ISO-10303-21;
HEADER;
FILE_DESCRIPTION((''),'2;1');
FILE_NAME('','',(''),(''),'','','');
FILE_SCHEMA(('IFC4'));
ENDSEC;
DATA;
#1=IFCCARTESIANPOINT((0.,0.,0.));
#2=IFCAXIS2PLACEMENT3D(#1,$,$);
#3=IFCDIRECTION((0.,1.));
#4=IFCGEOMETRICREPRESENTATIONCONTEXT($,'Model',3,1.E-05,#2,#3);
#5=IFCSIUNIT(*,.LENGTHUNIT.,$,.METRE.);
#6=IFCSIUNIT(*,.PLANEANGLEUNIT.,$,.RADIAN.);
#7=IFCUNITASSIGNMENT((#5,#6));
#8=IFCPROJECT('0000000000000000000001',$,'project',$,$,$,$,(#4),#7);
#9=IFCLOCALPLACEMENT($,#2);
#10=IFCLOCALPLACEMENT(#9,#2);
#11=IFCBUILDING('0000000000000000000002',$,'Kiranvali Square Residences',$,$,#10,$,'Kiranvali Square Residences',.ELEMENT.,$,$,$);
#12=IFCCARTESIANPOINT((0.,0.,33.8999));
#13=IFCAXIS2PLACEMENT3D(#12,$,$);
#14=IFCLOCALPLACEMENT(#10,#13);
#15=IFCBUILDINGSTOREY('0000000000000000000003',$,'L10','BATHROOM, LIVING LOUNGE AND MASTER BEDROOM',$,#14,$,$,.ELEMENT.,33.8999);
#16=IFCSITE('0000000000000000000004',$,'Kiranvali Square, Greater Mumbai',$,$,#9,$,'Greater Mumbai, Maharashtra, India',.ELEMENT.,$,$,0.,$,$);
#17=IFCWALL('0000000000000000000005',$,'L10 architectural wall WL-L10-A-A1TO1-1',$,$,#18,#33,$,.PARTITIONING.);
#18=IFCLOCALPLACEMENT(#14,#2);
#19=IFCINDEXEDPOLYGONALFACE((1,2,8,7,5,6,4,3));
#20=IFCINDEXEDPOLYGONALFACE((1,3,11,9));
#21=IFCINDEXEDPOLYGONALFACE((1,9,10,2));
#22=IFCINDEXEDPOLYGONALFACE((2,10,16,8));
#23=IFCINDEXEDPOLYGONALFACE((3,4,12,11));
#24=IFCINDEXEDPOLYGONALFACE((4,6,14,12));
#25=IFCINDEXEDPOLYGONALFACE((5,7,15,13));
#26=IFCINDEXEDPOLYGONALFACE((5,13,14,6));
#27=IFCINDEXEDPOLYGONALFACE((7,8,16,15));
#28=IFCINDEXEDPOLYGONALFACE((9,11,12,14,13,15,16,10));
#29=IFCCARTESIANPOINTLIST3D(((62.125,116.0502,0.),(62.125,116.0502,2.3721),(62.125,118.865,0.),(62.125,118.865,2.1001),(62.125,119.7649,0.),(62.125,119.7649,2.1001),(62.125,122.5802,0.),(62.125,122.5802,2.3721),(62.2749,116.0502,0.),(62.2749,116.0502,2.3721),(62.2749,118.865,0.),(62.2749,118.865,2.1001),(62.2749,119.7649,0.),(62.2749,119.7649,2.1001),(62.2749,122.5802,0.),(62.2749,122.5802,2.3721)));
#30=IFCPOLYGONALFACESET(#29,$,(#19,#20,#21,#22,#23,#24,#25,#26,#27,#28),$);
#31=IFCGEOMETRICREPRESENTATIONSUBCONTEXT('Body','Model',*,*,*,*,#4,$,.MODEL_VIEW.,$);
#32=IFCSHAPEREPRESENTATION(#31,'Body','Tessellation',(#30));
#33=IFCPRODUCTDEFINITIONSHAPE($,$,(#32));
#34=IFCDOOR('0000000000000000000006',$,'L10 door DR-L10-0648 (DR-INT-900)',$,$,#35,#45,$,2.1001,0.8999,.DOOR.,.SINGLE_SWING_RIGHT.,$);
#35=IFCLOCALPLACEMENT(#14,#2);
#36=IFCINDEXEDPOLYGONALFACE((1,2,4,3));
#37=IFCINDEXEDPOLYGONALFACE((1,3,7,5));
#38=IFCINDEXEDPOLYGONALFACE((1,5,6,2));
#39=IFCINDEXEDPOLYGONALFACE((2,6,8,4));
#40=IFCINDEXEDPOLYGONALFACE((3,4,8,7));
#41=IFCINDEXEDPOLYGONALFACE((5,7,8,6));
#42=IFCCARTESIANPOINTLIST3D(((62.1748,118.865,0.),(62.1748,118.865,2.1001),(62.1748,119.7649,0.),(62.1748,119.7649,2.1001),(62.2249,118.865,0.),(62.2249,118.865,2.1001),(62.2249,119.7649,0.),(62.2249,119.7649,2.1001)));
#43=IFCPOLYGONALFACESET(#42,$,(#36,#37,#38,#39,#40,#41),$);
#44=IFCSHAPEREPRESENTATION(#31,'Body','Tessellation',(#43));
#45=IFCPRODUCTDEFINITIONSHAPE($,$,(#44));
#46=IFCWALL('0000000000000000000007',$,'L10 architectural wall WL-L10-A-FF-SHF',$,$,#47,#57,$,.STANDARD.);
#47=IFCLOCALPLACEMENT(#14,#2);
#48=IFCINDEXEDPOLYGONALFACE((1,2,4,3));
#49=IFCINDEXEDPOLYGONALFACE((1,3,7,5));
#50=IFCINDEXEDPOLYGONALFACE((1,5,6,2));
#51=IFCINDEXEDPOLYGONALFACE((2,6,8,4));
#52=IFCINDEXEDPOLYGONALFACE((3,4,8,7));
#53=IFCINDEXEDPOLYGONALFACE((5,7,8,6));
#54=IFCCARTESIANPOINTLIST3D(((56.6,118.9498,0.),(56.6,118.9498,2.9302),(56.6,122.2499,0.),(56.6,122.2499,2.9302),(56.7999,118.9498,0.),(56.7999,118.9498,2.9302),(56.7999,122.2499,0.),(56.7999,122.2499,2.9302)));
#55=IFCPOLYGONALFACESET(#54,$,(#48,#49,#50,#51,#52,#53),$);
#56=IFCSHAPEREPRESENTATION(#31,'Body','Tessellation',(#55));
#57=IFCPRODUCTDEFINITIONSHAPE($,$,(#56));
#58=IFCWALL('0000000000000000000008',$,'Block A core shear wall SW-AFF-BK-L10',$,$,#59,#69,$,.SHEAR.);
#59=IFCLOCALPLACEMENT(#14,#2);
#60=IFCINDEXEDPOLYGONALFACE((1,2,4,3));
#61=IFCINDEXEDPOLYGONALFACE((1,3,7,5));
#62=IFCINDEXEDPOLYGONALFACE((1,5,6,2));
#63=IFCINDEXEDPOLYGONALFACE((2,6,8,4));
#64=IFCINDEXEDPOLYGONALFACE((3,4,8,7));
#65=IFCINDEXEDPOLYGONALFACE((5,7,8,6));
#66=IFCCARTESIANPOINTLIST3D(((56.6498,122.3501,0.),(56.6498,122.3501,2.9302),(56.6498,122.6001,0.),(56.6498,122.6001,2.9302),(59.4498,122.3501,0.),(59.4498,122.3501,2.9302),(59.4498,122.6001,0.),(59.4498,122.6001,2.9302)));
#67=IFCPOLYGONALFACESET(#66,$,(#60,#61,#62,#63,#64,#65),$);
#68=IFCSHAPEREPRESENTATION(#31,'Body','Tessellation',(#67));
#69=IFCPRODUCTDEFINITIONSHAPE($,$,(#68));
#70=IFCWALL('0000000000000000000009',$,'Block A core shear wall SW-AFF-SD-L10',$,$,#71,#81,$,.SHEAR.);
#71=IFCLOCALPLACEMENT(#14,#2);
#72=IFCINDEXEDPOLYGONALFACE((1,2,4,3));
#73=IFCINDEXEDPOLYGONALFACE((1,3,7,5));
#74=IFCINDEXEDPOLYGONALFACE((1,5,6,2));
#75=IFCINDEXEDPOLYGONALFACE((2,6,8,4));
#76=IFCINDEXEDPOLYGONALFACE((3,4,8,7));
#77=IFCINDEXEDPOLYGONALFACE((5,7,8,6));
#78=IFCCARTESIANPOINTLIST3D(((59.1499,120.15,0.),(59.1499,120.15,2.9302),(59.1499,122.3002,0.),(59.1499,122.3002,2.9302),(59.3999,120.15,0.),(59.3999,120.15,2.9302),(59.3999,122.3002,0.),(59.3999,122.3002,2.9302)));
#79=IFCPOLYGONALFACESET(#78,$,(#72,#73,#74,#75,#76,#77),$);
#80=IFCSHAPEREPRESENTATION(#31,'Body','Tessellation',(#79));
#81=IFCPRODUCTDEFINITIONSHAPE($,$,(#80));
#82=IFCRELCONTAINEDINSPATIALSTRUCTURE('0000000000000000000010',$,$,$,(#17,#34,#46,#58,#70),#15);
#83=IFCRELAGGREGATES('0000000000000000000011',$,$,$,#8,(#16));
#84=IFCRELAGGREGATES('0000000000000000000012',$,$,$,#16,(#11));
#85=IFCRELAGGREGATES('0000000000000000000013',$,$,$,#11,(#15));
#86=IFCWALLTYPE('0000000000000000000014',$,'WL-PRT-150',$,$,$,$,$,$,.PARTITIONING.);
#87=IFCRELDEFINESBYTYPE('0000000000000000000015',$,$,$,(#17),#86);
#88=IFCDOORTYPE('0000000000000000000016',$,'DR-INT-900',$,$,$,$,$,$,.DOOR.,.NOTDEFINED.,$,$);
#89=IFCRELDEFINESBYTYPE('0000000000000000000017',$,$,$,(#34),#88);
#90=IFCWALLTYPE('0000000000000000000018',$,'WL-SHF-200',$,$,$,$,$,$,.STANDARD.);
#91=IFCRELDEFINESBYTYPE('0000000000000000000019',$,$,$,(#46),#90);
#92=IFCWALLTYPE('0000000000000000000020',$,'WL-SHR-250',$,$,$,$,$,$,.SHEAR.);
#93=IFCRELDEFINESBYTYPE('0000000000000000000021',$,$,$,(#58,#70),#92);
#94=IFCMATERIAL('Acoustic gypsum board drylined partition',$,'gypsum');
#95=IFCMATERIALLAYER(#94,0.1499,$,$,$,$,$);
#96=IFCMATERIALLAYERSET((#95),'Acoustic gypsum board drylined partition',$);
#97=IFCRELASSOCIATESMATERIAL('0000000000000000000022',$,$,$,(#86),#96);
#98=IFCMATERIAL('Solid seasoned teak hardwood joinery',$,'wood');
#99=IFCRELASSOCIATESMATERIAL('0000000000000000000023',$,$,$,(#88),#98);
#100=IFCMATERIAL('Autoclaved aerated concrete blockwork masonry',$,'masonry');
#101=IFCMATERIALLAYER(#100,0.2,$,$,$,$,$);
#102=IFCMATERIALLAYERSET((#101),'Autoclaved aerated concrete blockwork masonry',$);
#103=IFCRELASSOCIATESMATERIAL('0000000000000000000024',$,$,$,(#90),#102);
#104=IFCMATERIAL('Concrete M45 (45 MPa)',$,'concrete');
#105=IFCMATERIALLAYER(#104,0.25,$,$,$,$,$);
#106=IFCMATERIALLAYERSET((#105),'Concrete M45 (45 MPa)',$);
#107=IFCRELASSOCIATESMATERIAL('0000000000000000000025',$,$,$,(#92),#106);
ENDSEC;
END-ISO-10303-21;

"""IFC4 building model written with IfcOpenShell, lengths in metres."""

from ifc_helpers import new_model, si_unit, direction, frame, frame_2d, origin, place, context, subcontext, project, spatial, rectangle, extrude, material, layer, layer_set, type_object, element, fill, save


model = new_model("IFC4")

# Units and contexts
model_context = context("Model", 3, precision=1e-05, world=origin(), true_north=direction((0.0, 1.0)))
body_context = subcontext(model_context, "Body", "Model", "MODEL_VIEW")
ifc_project = project(units=[si_unit("LENGTHUNIT", "METRE"), si_unit("PLANEANGLEUNIT", "RADIAN")], contexts=[model_context])

# Site, building, storey
site_placement = place(None, origin())
site = spatial("IfcSite", under=ifc_project, at=site_placement, Name="Kiranvali Square, Greater Mumbai", LongName="Greater Mumbai, Maharashtra, India", CompositionType="ELEMENT", RefElevation=0.0)
building_placement = place(site_placement, origin())
building = spatial("IfcBuilding", under=site, at=building_placement, Name="Kiranvali Square Residences", LongName="Kiranvali Square Residences", CompositionType="ELEMENT")
storey_placement = place(building_placement, frame((0.0, 0.0, 33.8999)))
storey = spatial("IfcBuildingStorey", under=building, at=storey_placement, Name="L10", Description="BATHROOM, LIVING LOUNGE AND MASTER BEDROOM", CompositionType="ELEMENT", Elevation=33.8999)

# Shared definitions
ifc_material_1 = material(Name="Concrete M45 (45 MPa)", Category="concrete")

# Shared definitions
ifc_material_2 = material(Name="Autoclaved aerated concrete blockwork masonry", Category="masonry")

# Wall, opening, door
ifc_material_3 = material(Name="Acoustic gypsum board drylined partition", Category="gypsum")
ifc_layer_1 = layer(ifc_material_3, 0.1499)
ifc_layer_set_1 = layer_set([ifc_layer_1], Name="Acoustic gypsum board drylined partition")
wall_type_1 = type_object("IfcWallType", Name="WL-PRT-150", PredefinedType="PARTITIONING", material=ifc_layer_set_1)
wall_1_placement = place(storey_placement, frame((62.2, 116.05, 0.0), z_axis=(0.0, 0.0, 1.0), x_axis=(0.0, 1.0, 0.0)))
wall_1 = element("IfcWall", 1, at=wall_1_placement, inside=storey, type_object=wall_type_1, Name="L10 architectural wall WL-L10-A-A1TO1-1", PredefinedType="PARTITIONING", context=body_context, shape_type="SweptSolid", body=[
    extrude(rectangle(XDim=6.53, YDim=0.1499, at=frame_2d((3.2651, 0.0))), origin(), (0.0, 0.0, 1.0), 2.3721),
])
opening_1_placement = place(wall_1_placement, frame((2.8149, 0.0, 0.0)))
opening_1 = element("IfcOpeningElement", 2, at=opening_1_placement, cuts=wall_1, PredefinedType="OPENING", context=body_context, shape_type="SweptSolid", body=[
    extrude(rectangle(XDim=0.8999, YDim=2.1001, at=frame_2d((0.45, 1.05))), frame((0.0, 0.085, 0.0), z_axis=(0.0, -1.0, 0.0), x_axis=(1.0, 0.0, 0.0)), (0.0, 0.0, 1.0), 0.1699),
])
ifc_material_4 = material(Name="Solid seasoned teak hardwood joinery", Category="wood")
door_type_1 = type_object("IfcDoorType", Name="DR-INT-900", OperationType="NOTDEFINED", PredefinedType="DOOR", material=ifc_material_4)
door_1_placement = place(opening_1_placement, frame((0.8999, 0.0, 0.0), z_axis=(0.0, 0.0, 1.0), x_axis=(-1.0, 0.0, 0.0)))
door_1 = element("IfcDoor", 3, at=door_1_placement, inside=storey, type_object=door_type_1, Name="L10 door DR-L10-0648 (DR-INT-900)", OperationType="SINGLE_SWING_RIGHT", OverallHeight=2.1001, OverallWidth=0.8999, PredefinedType="DOOR", context=body_context, shape_type="SweptSolid", body=[
    extrude(rectangle(XDim=0.8999, YDim=2.1001, at=frame_2d((0.45, 1.05))), frame((0.0, 0.0249, 0.0), z_axis=(0.0, -1.0, 0.0), x_axis=(1.0, 0.0, 0.0)), (0.0, 0.0, 1.0), 0.05),
])
fill(opening_1, door_1)

# Walls
ifc_layer_2 = layer(ifc_material_2, 0.2)
ifc_layer_set_2 = layer_set([ifc_layer_2], Name="Autoclaved aerated concrete blockwork masonry")
wall_type_2 = type_object("IfcWallType", Name="WL-SHF-200", PredefinedType="STANDARD", material=ifc_layer_set_2)
wall_2_placement = place(storey_placement, frame((56.7, 118.95, 0.0), z_axis=(0.0, 0.0, 1.0), x_axis=(0.0, 1.0, 0.0)))
element("IfcWall", 4, at=wall_2_placement, inside=storey, type_object=wall_type_2, Name="L10 architectural wall WL-L10-A-FF-SHF", PredefinedType="STANDARD", context=body_context, shape_type="SweptSolid", body=[
    extrude(rectangle(XDim=3.3, YDim=0.2, at=frame_2d((1.6499, 0.0))), origin(), (0.0, 0.0, 1.0), 2.9302),
])
ifc_layer_3 = layer(ifc_material_1, 0.25)
ifc_layer_set_3 = layer_set([ifc_layer_3], Name="Concrete M45 (45 MPa)")
wall_type_3 = type_object("IfcWallType", Name="WL-SHR-250", PredefinedType="SHEAR", material=ifc_layer_set_3)
wall_3_placement = place(storey_placement, frame((56.6499, 122.4751, 0.0), z_axis=(0.0, 0.0, 1.0), x_axis=(1.0, 0.0, 0.0)))
element("IfcWall", 5, at=wall_3_placement, inside=storey, type_object=wall_type_3, Name="Block A core shear wall SW-AFF-BK-L10", PredefinedType="SHEAR", context=body_context, shape_type="SweptSolid", body=[
    extrude(rectangle(XDim=2.8, YDim=0.25, at=frame_2d((1.3999, 0.0))), origin(), (0.0, 0.0, 1.0), 2.9302),
])
wall_4_placement = place(storey_placement, frame((59.2749, 120.1499, 0.0), z_axis=(0.0, 0.0, 1.0), x_axis=(0.0, 1.0, 0.0)))
element("IfcWall", 6, at=wall_4_placement, inside=storey, type_object=wall_type_3, Name="Block A core shear wall SW-AFF-SD-L10", PredefinedType="SHEAR", context=body_context, shape_type="SweptSolid", body=[
    extrude(rectangle(XDim=2.1501, YDim=0.25, at=frame_2d((1.0752, 0.0))), origin(), (0.0, 0.0, 1.0), 2.9302),
])

save(model, "model.ifc")
